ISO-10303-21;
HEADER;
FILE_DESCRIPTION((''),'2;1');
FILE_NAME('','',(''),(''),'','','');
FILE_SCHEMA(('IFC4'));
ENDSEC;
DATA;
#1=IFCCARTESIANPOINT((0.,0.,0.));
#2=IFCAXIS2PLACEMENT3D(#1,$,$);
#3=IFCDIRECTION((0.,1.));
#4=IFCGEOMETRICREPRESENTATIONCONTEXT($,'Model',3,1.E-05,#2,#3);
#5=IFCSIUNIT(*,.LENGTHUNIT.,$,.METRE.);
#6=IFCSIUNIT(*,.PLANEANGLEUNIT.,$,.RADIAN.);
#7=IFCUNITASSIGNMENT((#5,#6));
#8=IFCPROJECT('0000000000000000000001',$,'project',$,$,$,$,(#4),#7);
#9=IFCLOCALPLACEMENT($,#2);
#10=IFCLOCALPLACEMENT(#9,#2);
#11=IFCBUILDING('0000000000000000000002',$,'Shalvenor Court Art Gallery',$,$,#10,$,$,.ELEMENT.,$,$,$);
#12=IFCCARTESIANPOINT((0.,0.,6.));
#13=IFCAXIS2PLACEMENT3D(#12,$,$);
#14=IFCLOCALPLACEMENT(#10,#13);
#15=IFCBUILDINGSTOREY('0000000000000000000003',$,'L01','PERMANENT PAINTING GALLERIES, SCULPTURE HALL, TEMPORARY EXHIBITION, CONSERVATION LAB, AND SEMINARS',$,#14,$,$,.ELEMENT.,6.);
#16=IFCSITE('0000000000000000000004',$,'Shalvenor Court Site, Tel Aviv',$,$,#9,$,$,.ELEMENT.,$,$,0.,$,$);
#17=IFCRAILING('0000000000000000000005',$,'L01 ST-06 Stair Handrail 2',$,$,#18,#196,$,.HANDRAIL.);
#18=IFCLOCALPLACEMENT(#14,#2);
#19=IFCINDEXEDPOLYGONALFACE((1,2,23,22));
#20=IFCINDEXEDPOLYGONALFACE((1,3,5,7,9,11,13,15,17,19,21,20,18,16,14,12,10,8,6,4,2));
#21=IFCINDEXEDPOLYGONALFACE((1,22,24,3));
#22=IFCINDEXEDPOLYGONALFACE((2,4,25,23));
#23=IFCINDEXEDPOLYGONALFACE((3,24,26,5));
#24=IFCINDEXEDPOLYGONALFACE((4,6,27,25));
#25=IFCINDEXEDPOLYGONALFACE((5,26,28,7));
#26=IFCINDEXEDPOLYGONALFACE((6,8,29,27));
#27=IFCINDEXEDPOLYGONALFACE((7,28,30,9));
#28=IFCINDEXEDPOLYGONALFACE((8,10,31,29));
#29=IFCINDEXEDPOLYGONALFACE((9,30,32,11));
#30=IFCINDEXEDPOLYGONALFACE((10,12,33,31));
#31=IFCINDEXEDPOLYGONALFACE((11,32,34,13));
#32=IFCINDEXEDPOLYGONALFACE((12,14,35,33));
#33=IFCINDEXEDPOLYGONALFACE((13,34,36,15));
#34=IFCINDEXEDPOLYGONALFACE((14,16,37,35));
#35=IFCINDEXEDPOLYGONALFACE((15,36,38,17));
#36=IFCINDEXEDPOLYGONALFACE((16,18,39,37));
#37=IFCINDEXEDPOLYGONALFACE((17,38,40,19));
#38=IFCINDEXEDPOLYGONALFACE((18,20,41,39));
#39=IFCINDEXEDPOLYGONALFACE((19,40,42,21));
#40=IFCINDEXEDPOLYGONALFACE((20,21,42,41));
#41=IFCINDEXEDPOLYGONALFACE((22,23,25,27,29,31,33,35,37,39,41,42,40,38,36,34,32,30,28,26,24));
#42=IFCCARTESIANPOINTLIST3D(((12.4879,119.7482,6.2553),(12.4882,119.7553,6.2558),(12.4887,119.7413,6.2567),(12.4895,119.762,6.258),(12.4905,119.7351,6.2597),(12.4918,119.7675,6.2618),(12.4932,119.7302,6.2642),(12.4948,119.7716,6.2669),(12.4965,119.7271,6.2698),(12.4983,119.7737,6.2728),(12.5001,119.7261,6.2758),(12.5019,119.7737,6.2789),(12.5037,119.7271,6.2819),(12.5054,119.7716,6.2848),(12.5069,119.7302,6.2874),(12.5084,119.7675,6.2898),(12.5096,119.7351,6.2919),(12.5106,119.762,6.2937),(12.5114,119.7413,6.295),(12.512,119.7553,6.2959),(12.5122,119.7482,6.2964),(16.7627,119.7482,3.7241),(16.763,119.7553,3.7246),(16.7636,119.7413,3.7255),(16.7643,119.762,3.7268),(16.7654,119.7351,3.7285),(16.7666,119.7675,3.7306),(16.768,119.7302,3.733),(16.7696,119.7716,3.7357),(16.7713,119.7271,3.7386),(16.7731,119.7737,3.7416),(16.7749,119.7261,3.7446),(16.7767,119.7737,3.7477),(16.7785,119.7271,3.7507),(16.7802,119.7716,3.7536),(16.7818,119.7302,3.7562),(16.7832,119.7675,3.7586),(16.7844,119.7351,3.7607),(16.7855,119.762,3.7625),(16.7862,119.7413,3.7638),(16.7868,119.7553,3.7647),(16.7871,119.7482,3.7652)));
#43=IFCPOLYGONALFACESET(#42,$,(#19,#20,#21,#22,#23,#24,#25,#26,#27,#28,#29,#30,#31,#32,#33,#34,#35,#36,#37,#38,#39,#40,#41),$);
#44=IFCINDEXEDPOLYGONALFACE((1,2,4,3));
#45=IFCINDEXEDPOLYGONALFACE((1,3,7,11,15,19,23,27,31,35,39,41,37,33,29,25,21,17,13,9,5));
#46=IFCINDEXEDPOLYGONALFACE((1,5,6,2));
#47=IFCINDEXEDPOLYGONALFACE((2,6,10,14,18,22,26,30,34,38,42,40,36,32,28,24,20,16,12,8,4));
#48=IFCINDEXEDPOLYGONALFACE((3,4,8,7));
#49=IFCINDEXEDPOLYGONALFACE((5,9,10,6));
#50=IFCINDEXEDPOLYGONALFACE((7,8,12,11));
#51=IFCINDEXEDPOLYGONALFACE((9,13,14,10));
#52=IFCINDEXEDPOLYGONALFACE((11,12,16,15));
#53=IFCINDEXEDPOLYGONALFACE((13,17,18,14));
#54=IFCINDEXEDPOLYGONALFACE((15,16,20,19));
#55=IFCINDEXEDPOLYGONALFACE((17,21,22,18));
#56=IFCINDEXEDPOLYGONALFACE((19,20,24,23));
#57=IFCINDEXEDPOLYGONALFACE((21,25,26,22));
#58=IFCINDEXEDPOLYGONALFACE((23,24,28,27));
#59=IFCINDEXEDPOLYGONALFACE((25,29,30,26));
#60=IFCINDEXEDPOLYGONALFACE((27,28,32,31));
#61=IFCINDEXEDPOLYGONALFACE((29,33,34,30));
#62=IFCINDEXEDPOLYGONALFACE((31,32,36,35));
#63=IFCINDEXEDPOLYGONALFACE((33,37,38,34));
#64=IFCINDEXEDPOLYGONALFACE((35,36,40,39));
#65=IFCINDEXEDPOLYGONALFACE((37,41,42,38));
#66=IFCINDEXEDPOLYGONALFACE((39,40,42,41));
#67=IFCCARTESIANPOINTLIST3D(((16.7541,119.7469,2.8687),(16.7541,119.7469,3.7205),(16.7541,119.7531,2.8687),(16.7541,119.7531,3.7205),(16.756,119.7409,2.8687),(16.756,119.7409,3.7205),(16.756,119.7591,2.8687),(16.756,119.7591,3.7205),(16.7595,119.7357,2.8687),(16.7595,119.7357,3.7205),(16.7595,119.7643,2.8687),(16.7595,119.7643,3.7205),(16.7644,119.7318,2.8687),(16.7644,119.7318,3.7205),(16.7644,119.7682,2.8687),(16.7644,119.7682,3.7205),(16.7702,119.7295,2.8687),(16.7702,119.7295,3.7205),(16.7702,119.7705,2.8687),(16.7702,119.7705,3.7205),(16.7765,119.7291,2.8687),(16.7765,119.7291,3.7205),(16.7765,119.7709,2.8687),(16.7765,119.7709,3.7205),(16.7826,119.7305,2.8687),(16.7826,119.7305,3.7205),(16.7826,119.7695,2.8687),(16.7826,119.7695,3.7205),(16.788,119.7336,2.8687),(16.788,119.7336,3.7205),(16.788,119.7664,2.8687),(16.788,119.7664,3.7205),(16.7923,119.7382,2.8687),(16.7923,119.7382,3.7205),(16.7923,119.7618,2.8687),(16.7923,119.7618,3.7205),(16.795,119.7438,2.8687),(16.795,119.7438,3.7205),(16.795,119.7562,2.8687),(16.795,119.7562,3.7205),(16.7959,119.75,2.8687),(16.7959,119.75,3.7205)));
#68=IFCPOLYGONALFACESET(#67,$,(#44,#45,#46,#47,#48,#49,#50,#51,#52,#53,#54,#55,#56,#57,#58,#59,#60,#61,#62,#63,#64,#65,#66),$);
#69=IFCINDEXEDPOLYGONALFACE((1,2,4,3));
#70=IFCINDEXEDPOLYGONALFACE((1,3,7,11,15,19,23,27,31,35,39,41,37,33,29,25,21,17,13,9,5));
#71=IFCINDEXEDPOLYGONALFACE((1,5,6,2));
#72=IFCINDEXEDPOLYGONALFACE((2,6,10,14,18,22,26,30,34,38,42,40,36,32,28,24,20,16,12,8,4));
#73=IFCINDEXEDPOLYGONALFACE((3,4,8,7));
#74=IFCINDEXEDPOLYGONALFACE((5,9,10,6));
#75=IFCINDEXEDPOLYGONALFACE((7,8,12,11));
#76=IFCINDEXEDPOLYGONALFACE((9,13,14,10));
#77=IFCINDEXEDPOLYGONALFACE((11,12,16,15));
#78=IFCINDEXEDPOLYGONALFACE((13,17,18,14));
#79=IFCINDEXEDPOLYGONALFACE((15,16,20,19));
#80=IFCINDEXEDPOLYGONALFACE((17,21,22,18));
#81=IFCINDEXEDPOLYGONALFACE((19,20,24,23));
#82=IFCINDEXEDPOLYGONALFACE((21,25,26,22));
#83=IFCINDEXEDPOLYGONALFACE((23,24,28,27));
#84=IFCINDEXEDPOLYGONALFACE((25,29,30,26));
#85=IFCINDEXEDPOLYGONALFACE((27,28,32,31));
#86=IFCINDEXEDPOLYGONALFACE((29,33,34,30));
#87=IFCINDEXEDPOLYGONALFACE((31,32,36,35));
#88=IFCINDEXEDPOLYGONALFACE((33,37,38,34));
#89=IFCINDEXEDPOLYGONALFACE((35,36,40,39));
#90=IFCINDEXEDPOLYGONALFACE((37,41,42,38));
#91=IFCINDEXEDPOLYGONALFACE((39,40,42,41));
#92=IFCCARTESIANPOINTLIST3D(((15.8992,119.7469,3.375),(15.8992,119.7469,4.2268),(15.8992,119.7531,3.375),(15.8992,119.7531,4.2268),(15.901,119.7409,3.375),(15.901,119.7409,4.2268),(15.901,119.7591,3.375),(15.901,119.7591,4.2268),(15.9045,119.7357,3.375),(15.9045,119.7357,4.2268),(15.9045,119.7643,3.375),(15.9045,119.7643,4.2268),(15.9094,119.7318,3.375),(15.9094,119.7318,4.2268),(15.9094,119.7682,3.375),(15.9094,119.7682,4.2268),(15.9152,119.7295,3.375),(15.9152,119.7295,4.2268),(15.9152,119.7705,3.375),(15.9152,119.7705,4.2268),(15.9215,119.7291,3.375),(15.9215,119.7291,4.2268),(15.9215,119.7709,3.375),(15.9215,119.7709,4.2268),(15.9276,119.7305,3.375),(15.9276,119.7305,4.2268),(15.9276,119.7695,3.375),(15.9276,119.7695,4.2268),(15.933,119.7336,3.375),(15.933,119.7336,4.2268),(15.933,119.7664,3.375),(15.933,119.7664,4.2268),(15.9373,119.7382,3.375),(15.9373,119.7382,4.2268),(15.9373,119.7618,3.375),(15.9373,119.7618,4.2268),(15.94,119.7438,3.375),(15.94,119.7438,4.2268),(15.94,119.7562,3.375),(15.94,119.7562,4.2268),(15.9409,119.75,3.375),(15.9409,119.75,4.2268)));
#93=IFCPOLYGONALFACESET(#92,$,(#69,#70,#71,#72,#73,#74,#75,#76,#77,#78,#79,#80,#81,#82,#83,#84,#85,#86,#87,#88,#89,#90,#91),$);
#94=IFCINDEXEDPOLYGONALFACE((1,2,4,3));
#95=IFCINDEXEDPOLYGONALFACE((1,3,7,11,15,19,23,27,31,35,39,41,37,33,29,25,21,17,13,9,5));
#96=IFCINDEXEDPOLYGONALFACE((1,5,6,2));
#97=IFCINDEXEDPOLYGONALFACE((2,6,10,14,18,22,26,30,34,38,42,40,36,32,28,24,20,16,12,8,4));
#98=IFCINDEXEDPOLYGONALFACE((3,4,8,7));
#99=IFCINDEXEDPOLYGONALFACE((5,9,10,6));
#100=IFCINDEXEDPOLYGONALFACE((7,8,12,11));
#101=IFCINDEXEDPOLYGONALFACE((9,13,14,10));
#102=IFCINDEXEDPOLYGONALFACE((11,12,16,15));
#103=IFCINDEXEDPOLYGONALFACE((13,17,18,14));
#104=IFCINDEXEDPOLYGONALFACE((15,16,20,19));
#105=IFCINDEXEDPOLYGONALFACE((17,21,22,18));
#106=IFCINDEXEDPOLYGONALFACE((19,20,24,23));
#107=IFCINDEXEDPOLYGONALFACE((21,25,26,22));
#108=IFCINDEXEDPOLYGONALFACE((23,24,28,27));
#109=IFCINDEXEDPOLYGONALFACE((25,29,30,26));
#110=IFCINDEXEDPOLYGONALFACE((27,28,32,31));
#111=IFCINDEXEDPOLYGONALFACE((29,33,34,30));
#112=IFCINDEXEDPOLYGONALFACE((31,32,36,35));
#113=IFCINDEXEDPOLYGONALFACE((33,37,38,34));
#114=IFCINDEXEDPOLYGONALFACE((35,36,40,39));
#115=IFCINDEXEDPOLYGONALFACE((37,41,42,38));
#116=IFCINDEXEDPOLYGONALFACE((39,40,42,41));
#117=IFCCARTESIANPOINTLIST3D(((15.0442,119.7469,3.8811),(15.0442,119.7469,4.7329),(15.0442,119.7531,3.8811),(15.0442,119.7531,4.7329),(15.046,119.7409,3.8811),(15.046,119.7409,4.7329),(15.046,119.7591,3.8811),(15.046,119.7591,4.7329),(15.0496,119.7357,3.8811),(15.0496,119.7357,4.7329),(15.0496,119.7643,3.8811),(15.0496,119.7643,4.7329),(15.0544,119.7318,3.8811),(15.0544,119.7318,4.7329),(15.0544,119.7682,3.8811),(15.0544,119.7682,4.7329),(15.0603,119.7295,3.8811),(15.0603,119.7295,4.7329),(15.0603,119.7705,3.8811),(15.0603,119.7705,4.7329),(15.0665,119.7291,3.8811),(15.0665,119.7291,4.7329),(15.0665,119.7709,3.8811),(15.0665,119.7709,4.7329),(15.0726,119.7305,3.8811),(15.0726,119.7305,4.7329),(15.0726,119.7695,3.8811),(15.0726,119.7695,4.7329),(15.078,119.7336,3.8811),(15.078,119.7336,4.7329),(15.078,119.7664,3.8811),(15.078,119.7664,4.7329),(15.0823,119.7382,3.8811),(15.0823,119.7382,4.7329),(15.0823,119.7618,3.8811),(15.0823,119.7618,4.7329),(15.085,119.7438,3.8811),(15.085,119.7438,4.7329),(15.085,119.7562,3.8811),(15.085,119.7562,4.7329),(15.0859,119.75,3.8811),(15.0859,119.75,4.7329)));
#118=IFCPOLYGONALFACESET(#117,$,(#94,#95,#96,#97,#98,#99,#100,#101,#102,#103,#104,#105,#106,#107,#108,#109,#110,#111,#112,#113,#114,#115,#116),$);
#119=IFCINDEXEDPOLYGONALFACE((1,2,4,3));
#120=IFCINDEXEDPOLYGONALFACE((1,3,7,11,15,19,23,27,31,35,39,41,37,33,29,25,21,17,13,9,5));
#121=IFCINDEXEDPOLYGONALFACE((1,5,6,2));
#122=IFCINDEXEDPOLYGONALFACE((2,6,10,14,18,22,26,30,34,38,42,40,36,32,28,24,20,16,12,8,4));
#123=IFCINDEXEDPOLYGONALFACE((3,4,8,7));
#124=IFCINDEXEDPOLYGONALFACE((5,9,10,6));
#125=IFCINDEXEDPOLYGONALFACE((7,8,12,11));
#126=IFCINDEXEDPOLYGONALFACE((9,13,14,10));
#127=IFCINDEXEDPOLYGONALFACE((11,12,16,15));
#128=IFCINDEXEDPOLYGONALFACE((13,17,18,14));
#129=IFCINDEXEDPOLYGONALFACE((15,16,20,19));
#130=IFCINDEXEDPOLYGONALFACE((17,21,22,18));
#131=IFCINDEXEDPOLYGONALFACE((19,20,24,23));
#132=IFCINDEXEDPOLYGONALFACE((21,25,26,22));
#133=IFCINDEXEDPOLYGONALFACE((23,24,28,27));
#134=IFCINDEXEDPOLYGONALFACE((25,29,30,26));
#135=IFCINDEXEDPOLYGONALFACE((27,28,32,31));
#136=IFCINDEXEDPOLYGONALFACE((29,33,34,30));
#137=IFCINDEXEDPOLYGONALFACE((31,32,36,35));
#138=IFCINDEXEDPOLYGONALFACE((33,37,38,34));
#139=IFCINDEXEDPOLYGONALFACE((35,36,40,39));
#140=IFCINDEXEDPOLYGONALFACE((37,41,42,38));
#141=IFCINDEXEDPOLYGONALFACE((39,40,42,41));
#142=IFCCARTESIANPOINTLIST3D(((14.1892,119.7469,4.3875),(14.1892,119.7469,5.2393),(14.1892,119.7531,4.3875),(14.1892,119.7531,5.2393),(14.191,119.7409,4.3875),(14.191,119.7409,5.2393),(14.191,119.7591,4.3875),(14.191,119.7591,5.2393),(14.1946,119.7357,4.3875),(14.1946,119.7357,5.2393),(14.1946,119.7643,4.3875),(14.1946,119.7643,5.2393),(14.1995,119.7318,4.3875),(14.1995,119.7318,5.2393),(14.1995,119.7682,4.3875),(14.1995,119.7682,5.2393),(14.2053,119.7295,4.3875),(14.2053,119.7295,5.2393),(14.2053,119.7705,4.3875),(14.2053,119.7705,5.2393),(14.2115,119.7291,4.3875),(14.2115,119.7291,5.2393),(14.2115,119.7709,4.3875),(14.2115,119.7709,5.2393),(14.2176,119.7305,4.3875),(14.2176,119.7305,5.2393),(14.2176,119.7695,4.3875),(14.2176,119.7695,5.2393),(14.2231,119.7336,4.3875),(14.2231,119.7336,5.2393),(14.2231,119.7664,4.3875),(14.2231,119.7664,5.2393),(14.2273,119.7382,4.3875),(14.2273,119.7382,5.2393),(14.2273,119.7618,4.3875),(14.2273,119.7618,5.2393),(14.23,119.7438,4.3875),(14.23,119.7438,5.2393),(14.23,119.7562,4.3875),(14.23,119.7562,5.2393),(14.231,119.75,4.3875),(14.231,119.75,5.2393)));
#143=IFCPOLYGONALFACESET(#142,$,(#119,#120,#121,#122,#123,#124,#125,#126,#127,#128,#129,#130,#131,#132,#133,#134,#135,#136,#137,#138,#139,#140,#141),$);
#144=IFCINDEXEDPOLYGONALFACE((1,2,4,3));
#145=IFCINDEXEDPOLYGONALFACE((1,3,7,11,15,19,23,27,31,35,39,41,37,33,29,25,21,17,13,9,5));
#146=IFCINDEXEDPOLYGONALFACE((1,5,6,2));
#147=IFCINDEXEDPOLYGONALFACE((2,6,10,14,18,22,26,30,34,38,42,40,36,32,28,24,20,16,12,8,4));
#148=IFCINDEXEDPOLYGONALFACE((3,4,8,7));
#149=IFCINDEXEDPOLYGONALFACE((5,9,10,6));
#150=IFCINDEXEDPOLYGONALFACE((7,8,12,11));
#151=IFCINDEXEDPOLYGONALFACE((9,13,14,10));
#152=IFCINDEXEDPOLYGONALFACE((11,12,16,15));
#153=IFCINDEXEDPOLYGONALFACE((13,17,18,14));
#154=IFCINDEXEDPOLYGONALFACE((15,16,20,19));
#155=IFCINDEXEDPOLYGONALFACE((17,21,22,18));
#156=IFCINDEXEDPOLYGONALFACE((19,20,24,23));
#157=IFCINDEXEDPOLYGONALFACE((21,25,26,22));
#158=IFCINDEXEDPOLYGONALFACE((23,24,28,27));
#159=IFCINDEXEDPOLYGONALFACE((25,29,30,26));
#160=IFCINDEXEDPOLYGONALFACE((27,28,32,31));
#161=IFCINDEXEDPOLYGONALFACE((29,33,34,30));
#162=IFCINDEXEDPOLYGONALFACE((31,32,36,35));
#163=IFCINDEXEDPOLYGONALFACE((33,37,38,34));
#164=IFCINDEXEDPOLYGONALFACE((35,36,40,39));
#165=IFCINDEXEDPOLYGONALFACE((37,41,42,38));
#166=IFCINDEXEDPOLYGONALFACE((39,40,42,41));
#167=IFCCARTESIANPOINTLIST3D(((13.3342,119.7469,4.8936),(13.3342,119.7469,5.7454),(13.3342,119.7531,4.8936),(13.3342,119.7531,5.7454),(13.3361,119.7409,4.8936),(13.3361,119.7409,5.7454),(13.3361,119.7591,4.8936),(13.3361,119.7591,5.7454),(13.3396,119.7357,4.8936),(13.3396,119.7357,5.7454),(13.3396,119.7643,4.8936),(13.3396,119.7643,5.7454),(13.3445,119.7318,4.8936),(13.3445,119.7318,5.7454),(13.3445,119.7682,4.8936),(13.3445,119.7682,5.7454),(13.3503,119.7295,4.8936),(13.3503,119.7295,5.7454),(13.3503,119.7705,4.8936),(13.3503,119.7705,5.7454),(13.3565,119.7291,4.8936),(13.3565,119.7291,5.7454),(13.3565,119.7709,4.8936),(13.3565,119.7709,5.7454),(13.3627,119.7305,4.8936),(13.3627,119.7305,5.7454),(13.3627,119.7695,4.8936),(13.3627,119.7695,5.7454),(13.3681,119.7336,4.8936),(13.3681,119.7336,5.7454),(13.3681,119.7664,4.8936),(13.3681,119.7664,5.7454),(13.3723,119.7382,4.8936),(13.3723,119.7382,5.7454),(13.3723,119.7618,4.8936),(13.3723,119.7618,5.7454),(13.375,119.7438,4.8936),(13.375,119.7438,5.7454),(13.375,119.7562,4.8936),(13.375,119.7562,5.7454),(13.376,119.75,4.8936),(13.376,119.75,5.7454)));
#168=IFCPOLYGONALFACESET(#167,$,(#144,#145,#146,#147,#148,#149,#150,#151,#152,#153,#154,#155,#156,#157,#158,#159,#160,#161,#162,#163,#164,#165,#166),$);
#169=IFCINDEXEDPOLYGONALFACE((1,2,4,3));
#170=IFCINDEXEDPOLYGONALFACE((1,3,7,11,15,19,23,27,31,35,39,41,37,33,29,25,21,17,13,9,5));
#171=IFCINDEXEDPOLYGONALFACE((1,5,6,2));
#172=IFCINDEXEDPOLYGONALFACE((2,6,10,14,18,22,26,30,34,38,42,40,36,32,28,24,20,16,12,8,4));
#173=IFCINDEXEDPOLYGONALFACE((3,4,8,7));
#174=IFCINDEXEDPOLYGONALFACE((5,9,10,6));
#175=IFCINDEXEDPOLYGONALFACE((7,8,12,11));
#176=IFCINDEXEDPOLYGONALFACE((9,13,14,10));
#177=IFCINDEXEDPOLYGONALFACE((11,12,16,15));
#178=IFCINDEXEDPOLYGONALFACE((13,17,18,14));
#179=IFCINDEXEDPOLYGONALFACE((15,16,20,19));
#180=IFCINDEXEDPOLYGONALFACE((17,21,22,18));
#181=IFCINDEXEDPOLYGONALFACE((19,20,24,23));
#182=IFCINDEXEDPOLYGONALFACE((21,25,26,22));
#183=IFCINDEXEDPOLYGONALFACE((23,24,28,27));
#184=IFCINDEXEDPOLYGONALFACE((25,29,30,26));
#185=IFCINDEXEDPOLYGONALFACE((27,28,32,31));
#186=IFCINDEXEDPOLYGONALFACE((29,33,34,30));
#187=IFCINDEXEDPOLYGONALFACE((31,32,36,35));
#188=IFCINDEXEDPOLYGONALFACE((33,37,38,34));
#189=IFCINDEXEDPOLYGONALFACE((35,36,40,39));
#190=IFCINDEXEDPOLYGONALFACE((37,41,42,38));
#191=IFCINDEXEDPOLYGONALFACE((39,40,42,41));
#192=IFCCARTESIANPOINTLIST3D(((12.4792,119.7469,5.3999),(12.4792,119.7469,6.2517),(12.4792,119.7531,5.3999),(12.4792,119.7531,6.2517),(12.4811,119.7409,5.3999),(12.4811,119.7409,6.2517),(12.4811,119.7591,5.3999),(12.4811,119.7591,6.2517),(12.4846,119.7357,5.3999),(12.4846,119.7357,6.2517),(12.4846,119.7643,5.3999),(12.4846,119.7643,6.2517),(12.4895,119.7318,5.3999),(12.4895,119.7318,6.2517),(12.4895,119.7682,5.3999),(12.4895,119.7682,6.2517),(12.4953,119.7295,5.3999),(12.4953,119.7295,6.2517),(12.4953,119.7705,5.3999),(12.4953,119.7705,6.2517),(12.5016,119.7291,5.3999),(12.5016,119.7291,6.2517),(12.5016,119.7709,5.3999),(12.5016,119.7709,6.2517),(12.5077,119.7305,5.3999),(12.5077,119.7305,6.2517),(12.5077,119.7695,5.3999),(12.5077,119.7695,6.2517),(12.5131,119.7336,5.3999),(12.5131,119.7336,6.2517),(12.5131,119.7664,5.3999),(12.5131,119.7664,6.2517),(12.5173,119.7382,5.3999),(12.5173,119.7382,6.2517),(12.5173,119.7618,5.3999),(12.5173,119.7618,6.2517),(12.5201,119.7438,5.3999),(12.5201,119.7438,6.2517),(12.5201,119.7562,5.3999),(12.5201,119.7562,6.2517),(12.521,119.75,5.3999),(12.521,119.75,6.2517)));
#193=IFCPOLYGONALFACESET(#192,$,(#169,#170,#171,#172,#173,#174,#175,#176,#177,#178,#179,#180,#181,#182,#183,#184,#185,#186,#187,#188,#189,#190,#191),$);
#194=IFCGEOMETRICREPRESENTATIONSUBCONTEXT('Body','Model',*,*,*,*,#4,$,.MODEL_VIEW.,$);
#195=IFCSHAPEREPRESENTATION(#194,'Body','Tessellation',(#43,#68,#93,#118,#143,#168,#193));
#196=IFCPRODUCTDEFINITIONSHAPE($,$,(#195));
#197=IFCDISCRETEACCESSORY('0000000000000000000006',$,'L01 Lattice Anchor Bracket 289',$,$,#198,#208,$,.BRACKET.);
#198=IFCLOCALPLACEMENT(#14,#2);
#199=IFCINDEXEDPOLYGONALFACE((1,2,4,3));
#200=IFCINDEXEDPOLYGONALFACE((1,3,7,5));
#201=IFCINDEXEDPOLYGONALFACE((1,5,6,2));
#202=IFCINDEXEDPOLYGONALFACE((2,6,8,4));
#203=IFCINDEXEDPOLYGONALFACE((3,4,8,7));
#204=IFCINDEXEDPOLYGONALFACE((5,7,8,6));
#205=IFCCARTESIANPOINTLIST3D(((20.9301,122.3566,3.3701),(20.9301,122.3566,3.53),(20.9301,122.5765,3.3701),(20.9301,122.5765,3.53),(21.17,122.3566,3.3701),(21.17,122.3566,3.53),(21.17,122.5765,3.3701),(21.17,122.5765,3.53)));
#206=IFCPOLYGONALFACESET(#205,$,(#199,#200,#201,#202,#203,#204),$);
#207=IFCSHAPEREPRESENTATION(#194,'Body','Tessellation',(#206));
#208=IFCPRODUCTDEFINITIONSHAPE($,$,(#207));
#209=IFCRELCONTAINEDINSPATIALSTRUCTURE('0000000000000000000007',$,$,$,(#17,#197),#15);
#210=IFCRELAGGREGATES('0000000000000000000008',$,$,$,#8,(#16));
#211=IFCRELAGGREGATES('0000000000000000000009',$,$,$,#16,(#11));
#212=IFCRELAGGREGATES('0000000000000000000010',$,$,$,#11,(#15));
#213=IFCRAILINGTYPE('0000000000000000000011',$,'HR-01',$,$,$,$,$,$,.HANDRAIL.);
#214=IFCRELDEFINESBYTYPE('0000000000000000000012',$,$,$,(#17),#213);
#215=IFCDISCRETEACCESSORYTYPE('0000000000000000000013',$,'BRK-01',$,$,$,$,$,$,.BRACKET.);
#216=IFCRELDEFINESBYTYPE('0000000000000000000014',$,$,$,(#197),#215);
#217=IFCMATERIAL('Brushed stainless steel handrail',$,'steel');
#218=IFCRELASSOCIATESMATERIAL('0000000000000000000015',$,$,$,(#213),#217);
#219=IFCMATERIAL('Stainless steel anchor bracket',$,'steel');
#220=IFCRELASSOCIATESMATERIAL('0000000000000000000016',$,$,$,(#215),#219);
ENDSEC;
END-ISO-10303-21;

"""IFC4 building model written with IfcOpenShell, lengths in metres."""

from ifc_helpers import new_model, si_unit, direction, frame, origin, origin_2d, place, context, subcontext, project, spatial, rectangle, circle, extrude, material, type_object, element, save


model = new_model("IFC4")

# Units and contexts
model_context = context("Model", 3, precision=1e-05, world=origin(), true_north=direction((0.0, 1.0)))
body_context = subcontext(model_context, "Body", "Model", "MODEL_VIEW")
ifc_project = project(units=[si_unit("LENGTHUNIT", "METRE"), si_unit("PLANEANGLEUNIT", "RADIAN")], contexts=[model_context])

# Site, building, storey
site_placement = place(None, origin())
site = spatial("IfcSite", under=ifc_project, at=site_placement, Name="Shalvenor Court Site, Tel Aviv", CompositionType="ELEMENT", RefElevation=0.0)
building_placement = place(site_placement, origin())
building = spatial("IfcBuilding", under=site, at=building_placement, Name="Shalvenor Court Art Gallery", CompositionType="ELEMENT")
storey_placement = place(building_placement, frame((0.0, 0.0, 6.0)))
storey = spatial("IfcBuildingStorey", under=building, at=storey_placement, Name="L01", Description="PERMANENT PAINTING GALLERIES, SCULPTURE HALL, TEMPORARY EXHIBITION, CONSERVATION LAB, AND SEMINARS", CompositionType="ELEMENT", Elevation=6.0)

# Railing
ifc_material_1 = material(Name="Brushed stainless steel handrail", Category="steel")
railing_type_1 = type_object("IfcRailingType", Name="HR-01", PredefinedType="HANDRAIL", material=ifc_material_1)
railing_1_placement = place(storey_placement, frame((16.7749, 119.75, 2.8687)))
element("IfcRailing", 1, at=railing_1_placement, inside=storey, type_object=railing_type_1, Name="L01 ST-06 Stair Handrail 2", PredefinedType="HANDRAIL", context=body_context, shape_type="SweptSolid", body=[
    extrude(circle(Radius=0.0239, at=origin_2d()), frame((0.0, 0.0, 0.876), z_axis=(-0.86047, 0.0, 0.509501), x_axis=(0.0, -1.0, 0.0)), (0.0, 0.0, 1.0), 4.968),
    extrude(circle(Radius=0.021, at=origin_2d()), origin(), (0.0, 0.0, 1.0), 0.8518),
    extrude(circle(Radius=0.021, at=origin_2d()), frame((-0.855, 0.0, 0.5063)), (0.0, 0.0, 1.0), 0.8518),
    extrude(circle(Radius=0.021, at=origin_2d()), frame((-1.71, 0.0, 1.0125)), (0.0, 0.0, 1.0), 0.8518),
    extrude(circle(Radius=0.021, at=origin_2d()), frame((-2.5649, 0.0, 1.5188)), (0.0, 0.0, 1.0), 0.8518),
    extrude(circle(Radius=0.021, at=origin_2d()), frame((-3.4199, 0.0, 2.0249)), (0.0, 0.0, 1.0), 0.8518),
    extrude(circle(Radius=0.021, at=origin_2d()), frame((-4.2749, 0.0, 2.5312)), (0.0, 0.0, 1.0), 0.8518),
])

# Discrete accessory
ifc_material_2 = material(Name="Stainless steel anchor bracket", Category="steel")
discrete_accessory_type = type_object("IfcDiscreteAccessoryType", Name="BRK-01", PredefinedType="BRACKET", material=ifc_material_2)
discrete_accessory_placement = place(storey_placement, frame((21.05, 122.4666, 3.3701), z_axis=(0.0, 0.0, 1.0), x_axis=(1.0, 0.0, 0.0)))
element("IfcDiscreteAccessory", 2, at=discrete_accessory_placement, inside=storey, type_object=discrete_accessory_type, Name="L01 Lattice Anchor Bracket 289", PredefinedType="BRACKET", context=body_context, shape_type="SweptSolid", body=[
    extrude(rectangle(XDim=0.24, YDim=0.22, at=origin_2d()), origin(), (0.0, 0.0, 1.0), 0.1599),
])

save(model, "model.ifc")
